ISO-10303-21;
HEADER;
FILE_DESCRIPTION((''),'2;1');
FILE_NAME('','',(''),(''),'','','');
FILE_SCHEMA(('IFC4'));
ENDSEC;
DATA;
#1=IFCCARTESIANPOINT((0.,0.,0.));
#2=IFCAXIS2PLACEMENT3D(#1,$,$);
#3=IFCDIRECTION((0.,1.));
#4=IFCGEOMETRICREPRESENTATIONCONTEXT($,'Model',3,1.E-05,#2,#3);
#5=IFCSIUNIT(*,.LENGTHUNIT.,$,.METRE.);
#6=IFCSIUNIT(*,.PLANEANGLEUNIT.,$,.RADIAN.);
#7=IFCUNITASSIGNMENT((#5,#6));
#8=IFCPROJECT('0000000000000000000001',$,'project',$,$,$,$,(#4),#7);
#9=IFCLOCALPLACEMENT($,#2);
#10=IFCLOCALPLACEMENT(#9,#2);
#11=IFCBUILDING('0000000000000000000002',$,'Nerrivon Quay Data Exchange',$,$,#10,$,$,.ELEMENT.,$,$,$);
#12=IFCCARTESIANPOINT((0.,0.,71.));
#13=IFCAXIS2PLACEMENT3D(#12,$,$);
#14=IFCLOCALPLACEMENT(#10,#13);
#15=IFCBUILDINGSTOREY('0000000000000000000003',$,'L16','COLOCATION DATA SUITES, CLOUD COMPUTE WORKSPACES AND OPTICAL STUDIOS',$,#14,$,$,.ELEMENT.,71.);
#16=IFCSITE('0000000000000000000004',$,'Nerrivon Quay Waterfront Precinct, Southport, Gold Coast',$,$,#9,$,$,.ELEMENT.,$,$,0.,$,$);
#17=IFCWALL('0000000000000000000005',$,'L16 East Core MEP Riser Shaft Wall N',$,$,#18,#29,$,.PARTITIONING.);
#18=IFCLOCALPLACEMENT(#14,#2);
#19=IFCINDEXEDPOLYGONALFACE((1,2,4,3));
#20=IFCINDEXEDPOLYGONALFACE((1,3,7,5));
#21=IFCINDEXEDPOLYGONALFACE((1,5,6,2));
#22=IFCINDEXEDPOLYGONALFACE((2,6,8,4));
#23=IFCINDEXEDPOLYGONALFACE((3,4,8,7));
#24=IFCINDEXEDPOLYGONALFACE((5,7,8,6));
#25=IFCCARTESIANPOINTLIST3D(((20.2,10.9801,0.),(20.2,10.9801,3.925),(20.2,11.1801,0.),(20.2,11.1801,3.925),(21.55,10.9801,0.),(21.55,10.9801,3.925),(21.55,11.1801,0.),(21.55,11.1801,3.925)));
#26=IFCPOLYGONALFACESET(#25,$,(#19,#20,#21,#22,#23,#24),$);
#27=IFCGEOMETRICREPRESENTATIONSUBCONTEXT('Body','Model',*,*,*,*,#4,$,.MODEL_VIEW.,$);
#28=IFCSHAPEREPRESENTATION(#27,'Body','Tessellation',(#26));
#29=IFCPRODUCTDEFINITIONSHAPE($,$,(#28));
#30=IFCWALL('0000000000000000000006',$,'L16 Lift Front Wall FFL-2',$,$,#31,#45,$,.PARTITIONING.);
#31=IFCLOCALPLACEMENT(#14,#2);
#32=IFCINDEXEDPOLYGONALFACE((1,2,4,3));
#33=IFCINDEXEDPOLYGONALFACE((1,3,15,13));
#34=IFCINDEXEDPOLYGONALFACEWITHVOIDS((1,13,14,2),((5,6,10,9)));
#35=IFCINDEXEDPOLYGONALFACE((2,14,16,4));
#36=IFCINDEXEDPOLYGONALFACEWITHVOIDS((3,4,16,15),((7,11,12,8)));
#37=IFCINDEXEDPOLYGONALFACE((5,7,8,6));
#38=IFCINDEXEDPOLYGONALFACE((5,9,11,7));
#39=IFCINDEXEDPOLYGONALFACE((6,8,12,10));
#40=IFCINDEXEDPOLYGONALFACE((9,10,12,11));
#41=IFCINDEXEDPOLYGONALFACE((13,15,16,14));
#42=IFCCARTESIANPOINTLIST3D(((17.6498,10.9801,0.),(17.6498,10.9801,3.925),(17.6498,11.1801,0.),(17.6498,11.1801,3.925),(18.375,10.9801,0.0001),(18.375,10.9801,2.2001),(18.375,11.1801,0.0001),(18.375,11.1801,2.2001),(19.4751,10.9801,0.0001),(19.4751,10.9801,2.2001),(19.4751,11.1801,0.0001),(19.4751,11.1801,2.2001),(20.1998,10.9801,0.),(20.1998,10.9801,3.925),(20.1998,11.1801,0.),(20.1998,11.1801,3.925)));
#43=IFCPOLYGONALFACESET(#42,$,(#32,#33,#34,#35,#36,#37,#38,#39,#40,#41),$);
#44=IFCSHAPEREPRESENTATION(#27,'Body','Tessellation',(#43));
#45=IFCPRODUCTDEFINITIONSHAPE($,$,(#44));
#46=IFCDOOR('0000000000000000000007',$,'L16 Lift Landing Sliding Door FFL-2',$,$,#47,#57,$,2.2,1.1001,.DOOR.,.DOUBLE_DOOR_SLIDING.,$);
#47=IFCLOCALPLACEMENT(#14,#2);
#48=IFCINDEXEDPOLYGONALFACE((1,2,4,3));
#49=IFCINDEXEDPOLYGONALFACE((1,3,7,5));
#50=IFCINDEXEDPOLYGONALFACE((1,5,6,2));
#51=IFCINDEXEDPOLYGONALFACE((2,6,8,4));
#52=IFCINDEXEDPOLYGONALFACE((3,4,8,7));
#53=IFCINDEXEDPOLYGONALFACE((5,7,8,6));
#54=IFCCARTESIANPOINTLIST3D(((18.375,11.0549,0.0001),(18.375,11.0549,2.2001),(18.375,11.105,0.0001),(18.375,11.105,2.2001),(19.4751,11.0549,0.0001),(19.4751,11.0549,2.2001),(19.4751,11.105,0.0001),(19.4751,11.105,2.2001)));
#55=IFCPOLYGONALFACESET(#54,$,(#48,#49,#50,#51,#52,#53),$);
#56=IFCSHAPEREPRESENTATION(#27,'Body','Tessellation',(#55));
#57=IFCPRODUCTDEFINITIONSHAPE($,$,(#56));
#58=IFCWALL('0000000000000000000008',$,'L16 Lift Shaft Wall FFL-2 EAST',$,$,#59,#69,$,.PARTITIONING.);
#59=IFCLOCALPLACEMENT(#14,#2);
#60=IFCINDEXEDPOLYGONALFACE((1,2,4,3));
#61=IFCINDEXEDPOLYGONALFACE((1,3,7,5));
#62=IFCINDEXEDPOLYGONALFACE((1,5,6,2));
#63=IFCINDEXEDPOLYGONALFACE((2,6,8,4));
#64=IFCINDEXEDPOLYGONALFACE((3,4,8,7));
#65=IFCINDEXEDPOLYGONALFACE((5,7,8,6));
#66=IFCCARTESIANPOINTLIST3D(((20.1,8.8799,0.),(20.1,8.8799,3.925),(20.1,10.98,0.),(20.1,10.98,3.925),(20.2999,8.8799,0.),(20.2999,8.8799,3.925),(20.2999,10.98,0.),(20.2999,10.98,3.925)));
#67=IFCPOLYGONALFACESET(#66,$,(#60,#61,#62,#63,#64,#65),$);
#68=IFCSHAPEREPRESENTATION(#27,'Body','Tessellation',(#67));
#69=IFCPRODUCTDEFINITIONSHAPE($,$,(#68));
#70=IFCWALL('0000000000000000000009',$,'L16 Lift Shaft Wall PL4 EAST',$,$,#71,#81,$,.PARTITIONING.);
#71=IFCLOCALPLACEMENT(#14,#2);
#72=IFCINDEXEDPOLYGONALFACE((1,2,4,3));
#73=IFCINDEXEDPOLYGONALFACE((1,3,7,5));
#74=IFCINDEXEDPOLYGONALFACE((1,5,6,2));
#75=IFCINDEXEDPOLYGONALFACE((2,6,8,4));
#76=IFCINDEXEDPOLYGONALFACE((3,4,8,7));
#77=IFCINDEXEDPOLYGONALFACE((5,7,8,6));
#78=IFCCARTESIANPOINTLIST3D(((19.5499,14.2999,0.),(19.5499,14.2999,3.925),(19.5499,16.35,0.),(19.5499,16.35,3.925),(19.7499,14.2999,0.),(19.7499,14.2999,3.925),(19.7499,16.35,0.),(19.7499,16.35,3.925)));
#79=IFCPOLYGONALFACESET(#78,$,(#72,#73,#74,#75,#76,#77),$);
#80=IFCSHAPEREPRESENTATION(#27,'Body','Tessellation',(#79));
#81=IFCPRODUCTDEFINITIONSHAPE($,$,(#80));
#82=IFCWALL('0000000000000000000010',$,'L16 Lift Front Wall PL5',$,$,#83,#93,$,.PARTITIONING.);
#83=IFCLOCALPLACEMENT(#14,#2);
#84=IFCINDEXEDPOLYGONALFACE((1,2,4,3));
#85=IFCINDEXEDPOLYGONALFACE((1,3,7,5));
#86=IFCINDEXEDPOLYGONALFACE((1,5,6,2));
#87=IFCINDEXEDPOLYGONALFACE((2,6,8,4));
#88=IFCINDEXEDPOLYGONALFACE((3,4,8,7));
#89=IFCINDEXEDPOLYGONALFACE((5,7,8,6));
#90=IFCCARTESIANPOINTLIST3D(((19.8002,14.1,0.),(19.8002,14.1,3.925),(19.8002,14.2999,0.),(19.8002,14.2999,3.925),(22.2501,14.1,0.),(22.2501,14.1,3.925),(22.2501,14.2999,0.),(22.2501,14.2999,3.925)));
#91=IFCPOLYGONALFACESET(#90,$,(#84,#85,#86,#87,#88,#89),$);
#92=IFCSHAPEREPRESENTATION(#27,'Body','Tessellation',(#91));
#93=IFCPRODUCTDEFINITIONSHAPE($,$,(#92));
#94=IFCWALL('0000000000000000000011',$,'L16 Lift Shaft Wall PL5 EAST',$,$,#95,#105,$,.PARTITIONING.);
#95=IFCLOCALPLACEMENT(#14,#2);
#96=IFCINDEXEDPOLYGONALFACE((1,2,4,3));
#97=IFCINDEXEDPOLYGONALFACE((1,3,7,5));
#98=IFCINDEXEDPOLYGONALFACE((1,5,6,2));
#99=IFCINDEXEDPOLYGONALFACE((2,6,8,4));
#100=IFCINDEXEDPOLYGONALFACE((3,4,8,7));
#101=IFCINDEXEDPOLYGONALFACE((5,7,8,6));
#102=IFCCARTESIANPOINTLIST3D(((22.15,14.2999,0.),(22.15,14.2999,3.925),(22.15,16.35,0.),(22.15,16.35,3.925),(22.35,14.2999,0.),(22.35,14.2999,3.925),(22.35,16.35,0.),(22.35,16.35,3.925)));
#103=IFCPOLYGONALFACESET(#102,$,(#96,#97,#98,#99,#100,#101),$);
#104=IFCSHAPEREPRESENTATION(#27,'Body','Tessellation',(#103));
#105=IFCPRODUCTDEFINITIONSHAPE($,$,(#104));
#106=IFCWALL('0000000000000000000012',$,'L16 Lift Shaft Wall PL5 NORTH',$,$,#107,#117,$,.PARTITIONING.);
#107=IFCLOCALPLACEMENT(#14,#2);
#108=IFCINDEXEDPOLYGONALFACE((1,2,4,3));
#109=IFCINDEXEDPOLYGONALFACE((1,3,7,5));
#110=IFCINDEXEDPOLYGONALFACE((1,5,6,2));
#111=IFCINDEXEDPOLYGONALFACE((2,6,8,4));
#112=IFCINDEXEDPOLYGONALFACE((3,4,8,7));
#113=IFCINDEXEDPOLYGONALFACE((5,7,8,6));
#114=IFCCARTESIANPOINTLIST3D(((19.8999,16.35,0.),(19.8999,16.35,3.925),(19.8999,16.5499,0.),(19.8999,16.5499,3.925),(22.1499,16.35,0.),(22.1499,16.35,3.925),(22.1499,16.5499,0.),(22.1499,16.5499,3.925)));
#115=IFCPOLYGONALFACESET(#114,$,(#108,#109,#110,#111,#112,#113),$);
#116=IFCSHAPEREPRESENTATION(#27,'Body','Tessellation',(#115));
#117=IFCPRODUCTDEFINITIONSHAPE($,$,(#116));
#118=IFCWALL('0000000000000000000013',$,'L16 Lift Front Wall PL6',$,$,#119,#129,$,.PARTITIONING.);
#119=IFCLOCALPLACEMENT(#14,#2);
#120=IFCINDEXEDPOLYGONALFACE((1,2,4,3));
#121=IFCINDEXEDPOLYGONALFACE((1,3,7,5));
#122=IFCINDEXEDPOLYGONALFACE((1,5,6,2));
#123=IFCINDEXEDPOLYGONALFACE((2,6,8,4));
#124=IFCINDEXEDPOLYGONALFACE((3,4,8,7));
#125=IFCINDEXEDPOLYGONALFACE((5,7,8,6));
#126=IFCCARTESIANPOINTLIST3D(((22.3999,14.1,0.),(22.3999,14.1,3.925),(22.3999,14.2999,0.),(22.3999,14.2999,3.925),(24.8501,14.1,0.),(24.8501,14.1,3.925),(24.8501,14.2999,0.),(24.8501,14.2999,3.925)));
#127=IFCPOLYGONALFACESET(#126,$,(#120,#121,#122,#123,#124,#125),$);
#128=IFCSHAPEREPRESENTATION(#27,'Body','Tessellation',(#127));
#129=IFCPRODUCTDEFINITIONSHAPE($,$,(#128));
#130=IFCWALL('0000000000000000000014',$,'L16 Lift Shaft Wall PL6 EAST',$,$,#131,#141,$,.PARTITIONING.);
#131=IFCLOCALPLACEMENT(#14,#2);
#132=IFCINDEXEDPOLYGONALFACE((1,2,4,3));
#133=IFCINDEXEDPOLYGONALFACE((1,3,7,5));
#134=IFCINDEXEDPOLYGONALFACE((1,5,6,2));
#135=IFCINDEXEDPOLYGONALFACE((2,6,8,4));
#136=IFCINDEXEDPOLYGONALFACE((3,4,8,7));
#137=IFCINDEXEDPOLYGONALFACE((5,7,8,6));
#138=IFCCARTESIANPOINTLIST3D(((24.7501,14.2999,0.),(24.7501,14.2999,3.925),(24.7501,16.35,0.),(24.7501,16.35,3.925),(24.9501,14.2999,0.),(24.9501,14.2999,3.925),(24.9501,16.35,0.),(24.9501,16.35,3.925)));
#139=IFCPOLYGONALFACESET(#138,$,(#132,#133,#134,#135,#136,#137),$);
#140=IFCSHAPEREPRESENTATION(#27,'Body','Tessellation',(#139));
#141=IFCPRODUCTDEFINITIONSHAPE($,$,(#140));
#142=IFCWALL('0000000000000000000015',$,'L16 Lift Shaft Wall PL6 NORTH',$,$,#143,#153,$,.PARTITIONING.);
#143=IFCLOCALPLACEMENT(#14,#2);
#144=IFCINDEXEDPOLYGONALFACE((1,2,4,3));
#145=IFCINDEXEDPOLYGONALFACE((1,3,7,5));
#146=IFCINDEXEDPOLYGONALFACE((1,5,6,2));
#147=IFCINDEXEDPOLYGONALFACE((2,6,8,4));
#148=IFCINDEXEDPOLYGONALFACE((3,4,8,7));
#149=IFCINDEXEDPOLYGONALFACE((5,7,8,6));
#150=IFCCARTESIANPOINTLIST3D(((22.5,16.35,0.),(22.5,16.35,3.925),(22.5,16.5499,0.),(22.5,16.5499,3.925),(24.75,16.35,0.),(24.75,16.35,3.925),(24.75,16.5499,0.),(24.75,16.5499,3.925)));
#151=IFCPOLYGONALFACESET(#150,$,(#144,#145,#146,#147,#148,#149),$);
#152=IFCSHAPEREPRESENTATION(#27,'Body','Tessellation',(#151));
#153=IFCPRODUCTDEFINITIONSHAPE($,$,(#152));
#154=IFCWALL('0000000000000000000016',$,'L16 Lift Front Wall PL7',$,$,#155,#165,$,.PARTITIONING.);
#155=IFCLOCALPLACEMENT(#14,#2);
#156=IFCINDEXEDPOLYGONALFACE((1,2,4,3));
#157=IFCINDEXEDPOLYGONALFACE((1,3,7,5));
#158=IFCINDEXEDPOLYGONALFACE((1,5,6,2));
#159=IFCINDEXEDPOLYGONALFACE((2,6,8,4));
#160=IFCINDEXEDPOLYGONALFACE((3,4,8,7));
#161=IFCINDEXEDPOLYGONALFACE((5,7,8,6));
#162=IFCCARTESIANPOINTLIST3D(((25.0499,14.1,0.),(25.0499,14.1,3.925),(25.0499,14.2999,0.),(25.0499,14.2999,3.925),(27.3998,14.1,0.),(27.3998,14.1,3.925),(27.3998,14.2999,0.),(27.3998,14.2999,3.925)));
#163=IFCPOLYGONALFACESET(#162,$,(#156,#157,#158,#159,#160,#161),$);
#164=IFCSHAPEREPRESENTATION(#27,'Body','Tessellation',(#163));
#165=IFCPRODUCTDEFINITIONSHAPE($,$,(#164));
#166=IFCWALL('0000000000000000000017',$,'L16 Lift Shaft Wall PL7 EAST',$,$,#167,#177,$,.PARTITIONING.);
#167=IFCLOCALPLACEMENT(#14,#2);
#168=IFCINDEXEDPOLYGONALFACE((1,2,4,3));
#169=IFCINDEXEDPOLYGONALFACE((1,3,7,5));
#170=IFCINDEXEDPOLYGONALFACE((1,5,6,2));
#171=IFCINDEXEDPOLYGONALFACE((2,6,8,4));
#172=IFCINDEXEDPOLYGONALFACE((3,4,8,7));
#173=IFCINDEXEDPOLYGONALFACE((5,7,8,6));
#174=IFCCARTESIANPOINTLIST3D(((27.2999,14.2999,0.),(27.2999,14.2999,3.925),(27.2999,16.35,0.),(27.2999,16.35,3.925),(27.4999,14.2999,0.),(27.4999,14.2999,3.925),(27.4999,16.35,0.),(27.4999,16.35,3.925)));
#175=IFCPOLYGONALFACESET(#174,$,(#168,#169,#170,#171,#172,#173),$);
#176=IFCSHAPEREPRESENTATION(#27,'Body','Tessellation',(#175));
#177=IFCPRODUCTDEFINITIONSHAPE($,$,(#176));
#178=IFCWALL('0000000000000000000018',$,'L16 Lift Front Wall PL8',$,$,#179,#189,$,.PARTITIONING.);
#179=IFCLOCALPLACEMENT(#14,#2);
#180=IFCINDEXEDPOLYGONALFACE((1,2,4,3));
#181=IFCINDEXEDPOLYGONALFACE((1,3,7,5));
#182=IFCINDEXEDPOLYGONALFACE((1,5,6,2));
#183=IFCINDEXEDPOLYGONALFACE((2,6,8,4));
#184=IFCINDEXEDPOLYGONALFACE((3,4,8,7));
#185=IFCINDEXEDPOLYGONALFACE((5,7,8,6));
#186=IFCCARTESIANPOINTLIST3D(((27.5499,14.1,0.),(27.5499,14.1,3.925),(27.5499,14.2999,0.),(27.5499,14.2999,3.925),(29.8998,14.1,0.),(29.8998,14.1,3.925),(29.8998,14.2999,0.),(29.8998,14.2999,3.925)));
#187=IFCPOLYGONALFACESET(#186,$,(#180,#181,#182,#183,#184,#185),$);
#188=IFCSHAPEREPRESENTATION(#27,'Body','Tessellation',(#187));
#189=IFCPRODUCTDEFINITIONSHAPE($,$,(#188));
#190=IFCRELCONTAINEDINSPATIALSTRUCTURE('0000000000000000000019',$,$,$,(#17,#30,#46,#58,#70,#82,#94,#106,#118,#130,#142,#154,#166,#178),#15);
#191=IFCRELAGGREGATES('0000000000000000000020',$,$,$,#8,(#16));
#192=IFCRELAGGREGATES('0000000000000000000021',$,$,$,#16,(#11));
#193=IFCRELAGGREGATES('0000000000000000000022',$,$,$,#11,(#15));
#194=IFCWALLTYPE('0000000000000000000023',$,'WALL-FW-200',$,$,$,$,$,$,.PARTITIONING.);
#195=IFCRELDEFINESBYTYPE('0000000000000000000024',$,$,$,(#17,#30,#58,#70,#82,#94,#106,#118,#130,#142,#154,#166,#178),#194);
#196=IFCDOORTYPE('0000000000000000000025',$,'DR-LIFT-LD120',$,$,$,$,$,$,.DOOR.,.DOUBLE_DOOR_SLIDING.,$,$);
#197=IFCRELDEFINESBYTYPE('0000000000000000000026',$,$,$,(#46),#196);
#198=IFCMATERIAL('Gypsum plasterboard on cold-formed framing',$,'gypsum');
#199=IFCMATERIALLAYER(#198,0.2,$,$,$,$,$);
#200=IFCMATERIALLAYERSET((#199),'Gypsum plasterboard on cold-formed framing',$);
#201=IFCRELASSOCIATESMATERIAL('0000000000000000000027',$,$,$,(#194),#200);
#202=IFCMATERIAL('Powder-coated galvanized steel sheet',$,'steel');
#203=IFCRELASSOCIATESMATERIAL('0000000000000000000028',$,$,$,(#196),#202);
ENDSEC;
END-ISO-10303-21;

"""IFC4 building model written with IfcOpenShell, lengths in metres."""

from ifc_helpers import new_model, si_unit, direction, frame, frame_2d, origin, place, context, subcontext, project, spatial, rectangle, extrude, material, layer, layer_set, type_object, element, fill, save


model = new_model("IFC4")

# Units and contexts
model_context = context("Model", 3, precision=1e-05, world=origin(), true_north=direction((0.0, 1.0)))
body_context = subcontext(model_context, "Body", "Model", "MODEL_VIEW")
ifc_project = project(units=[si_unit("LENGTHUNIT", "METRE"), si_unit("PLANEANGLEUNIT", "RADIAN")], contexts=[model_context])

# Site, building, storey
site_placement = place(None, origin())
site = spatial("IfcSite", under=ifc_project, at=site_placement, Name="Nerrivon Quay Waterfront Precinct, Southport, Gold Coast", CompositionType="ELEMENT", RefElevation=0.0)
building_placement = place(site_placement, origin())
building = spatial("IfcBuilding", under=site, at=building_placement, Name="Nerrivon Quay Data Exchange", CompositionType="ELEMENT")
storey_placement = place(building_placement, frame((0.0, 0.0, 71.0)))
storey = spatial("IfcBuildingStorey", under=building, at=storey_placement, Name="L16", Description="COLOCATION DATA SUITES, CLOUD COMPUTE WORKSPACES AND OPTICAL STUDIOS", CompositionType="ELEMENT", Elevation=71.0)

# Wall
ifc_material_1 = material(Name="Gypsum plasterboard on cold-formed framing", Category="gypsum")
ifc_layer_1 = layer(ifc_material_1, 0.2)
ifc_layer_set_1 = layer_set([ifc_layer_1], Name="Gypsum plasterboard on cold-formed framing")
wall_type_1 = type_object("IfcWallType", Name="WALL-FW-200", PredefinedType="PARTITIONING", material=ifc_layer_set_1)
wall_1_placement = place(storey_placement, frame((20.2, 11.0801, 0.0), z_axis=(0.0, 0.0, 1.0), x_axis=(1.0, 0.0, 0.0)))
element("IfcWall", 1, at=wall_1_placement, inside=storey, type_object=wall_type_1, Name="L16 East Core MEP Riser Shaft Wall N", PredefinedType="PARTITIONING", context=body_context, shape_type="SweptSolid", body=[
    extrude(rectangle(XDim=1.3501, YDim=0.2, at=frame_2d((0.675, 0.0))), origin(), (0.0, 0.0, 1.0), 3.925),
])

# Wall, opening, door
wall_2_placement = place(storey_placement, frame((17.6499, 11.0801, 0.0), z_axis=(0.0, 0.0, 1.0), x_axis=(1.0, 0.0, 0.0)))
wall_2 = element("IfcWall", 2, at=wall_2_placement, inside=storey, type_object=wall_type_1, Name="L16 Lift Front Wall FFL-2", PredefinedType="PARTITIONING", context=body_context, shape_type="SweptSolid", body=[
    extrude(rectangle(XDim=2.55, YDim=0.2, at=frame_2d((1.2749, 0.0))), origin(), (0.0, 0.0, 1.0), 3.925),
])
opening_1_placement = place(wall_2_placement, frame((0.7251, 0.0, 0.0)))
opening_1 = element("IfcOpeningElement", 3, at=opening_1_placement, cuts=wall_2, PredefinedType="OPENING", context=body_context, shape_type="SweptSolid", body=[
    extrude(rectangle(XDim=1.1001, YDim=2.2, at=frame_2d((0.55, 1.1001))), frame((0.0, 0.1099, 0.0), z_axis=(0.0, -1.0, 0.0), x_axis=(1.0, 0.0, 0.0)), (0.0, 0.0, 1.0), 0.22),
])
ifc_material_2 = material(Name="Powder-coated galvanized steel sheet", Category="steel")
door_type_1 = type_object("IfcDoorType", Name="DR-LIFT-LD120", OperationType="DOUBLE_DOOR_SLIDING", PredefinedType="DOOR", material=ifc_material_2)
door_1_placement = place(opening_1_placement, origin())
door_1 = element("IfcDoor", 4, at=door_1_placement, inside=storey, type_object=door_type_1, Name="L16 Lift Landing Sliding Door FFL-2", OperationType="DOUBLE_DOOR_SLIDING", OverallHeight=2.2, OverallWidth=1.1001, PredefinedType="DOOR", context=body_context, shape_type="SweptSolid", body=[
    extrude(rectangle(XDim=1.1001, YDim=2.2, at=frame_2d((0.55, 1.1001))), frame((0.0, 0.0249, 0.0), z_axis=(0.0, -1.0, 0.0), x_axis=(1.0, 0.0, 0.0)), (0.0, 0.0, 1.0), 0.05),
])
fill(opening_1, door_1)

# Walls
wall_3_placement = place(storey_placement, frame((20.2, 8.8799, 0.0), z_axis=(0.0, 0.0, 1.0), x_axis=(0.0, 1.0, 0.0)))
element("IfcWall", 5, at=wall_3_placement, inside=storey, type_object=wall_type_1, Name="L16 Lift Shaft Wall FFL-2 EAST", PredefinedType="PARTITIONING", context=body_context, shape_type="SweptSolid", body=[
    extrude(rectangle(XDim=2.1001, YDim=0.2, at=frame_2d((1.05, 0.0))), origin(), (0.0, 0.0, 1.0), 3.925),
])
wall_4_placement = place(storey_placement, frame((19.6499, 14.3, 0.0), z_axis=(0.0, 0.0, 1.0), x_axis=(0.0, 1.0, 0.0)))
element("IfcWall", 6, at=wall_4_placement, inside=storey, type_object=wall_type_1, Name="L16 Lift Shaft Wall PL4 EAST", PredefinedType="PARTITIONING", context=body_context, shape_type="SweptSolid", body=[
    extrude(rectangle(XDim=2.05, YDim=0.2, at=frame_2d((1.0249, 0.0))), origin(), (0.0, 0.0, 1.0), 3.925),
])
wall_5_placement = place(storey_placement, frame((19.8, 14.2, 0.0), z_axis=(0.0, 0.0, 1.0), x_axis=(1.0, 0.0, 0.0)))
element("IfcWall", 7, at=wall_5_placement, inside=storey, type_object=wall_type_1, Name="L16 Lift Front Wall PL5", PredefinedType="PARTITIONING", context=body_context, shape_type="SweptSolid", body=[
    extrude(rectangle(XDim=2.45, YDim=0.2, at=frame_2d((1.2251, 0.0))), origin(), (0.0, 0.0, 1.0), 3.925),
])
wall_6_placement = place(storey_placement, frame((22.25, 14.3, 0.0), z_axis=(0.0, 0.0, 1.0), x_axis=(0.0, 1.0, 0.0)))
element("IfcWall", 8, at=wall_6_placement, inside=storey, type_object=wall_type_1, Name="L16 Lift Shaft Wall PL5 EAST", PredefinedType="PARTITIONING", context=body_context, shape_type="SweptSolid", body=[
    extrude(rectangle(XDim=2.05, YDim=0.2, at=frame_2d((1.0249, 0.0))), origin(), (0.0, 0.0, 1.0), 3.925),
])
wall_7_placement = place(storey_placement, frame((19.8999, 16.45, 0.0), z_axis=(0.0, 0.0, 1.0), x_axis=(1.0, 0.0, 0.0)))
element("IfcWall", 9, at=wall_7_placement, inside=storey, type_object=wall_type_1, Name="L16 Lift Shaft Wall PL5 NORTH", PredefinedType="PARTITIONING", context=body_context, shape_type="SweptSolid", body=[
    extrude(rectangle(XDim=2.25, YDim=0.2, at=frame_2d((1.125, 0.0))), origin(), (0.0, 0.0, 1.0), 3.925),
])
wall_8_placement = place(storey_placement, frame((22.3999, 14.2, 0.0), z_axis=(0.0, 0.0, 1.0), x_axis=(1.0, 0.0, 0.0)))
element("IfcWall", 10, at=wall_8_placement, inside=storey, type_object=wall_type_1, Name="L16 Lift Front Wall PL6", PredefinedType="PARTITIONING", context=body_context, shape_type="SweptSolid", body=[
    extrude(rectangle(XDim=2.4502, YDim=0.2, at=frame_2d((1.2251, 0.0))), origin(), (0.0, 0.0, 1.0), 3.925),
])
wall_9_placement = place(storey_placement, frame((24.8501, 14.3, 0.0), z_axis=(0.0, 0.0, 1.0), x_axis=(0.0, 1.0, 0.0)))
element("IfcWall", 11, at=wall_9_placement, inside=storey, type_object=wall_type_1, Name="L16 Lift Shaft Wall PL6 EAST", PredefinedType="PARTITIONING", context=body_context, shape_type="SweptSolid", body=[
    extrude(rectangle(XDim=2.05, YDim=0.2, at=frame_2d((1.0249, 0.0))), origin(), (0.0, 0.0, 1.0), 3.925),
])
wall_10_placement = place(storey_placement, frame((22.5, 16.45, 0.0), z_axis=(0.0, 0.0, 1.0), x_axis=(1.0, 0.0, 0.0)))
element("IfcWall", 12, at=wall_10_placement, inside=storey, type_object=wall_type_1, Name="L16 Lift Shaft Wall PL6 NORTH", PredefinedType="PARTITIONING", context=body_context, shape_type="SweptSolid", body=[
    extrude(rectangle(XDim=2.25, YDim=0.2, at=frame_2d((1.125, 0.0))), origin(), (0.0, 0.0, 1.0), 3.925),
])
wall_11_placement = place(storey_placement, frame((25.05, 14.2, 0.0), z_axis=(0.0, 0.0, 1.0), x_axis=(1.0, 0.0, 0.0)))
element("IfcWall", 13, at=wall_11_placement, inside=storey, type_object=wall_type_1, Name="L16 Lift Front Wall PL7", PredefinedType="PARTITIONING", context=body_context, shape_type="SweptSolid", body=[
    extrude(rectangle(XDim=2.3499, YDim=0.2, at=frame_2d((1.1748, 0.0))), origin(), (0.0, 0.0, 1.0), 3.925),
])
wall_12_placement = place(storey_placement, frame((27.3999, 14.3, 0.0), z_axis=(0.0, 0.0, 1.0), x_axis=(0.0, 1.0, 0.0)))
element("IfcWall", 14, at=wall_12_placement, inside=storey, type_object=wall_type_1, Name="L16 Lift Shaft Wall PL7 EAST", PredefinedType="PARTITIONING", context=body_context, shape_type="SweptSolid", body=[
    extrude(rectangle(XDim=2.05, YDim=0.2, at=frame_2d((1.0249, 0.0))), origin(), (0.0, 0.0, 1.0), 3.925),
])
wall_13_placement = place(storey_placement, frame((27.55, 14.2, 0.0), z_axis=(0.0, 0.0, 1.0), x_axis=(1.0, 0.0, 0.0)))
element("IfcWall", 15, at=wall_13_placement, inside=storey, type_object=wall_type_1, Name="L16 Lift Front Wall PL8", PredefinedType="PARTITIONING", context=body_context, shape_type="SweptSolid", body=[
    extrude(rectangle(XDim=2.3499, YDim=0.2, at=frame_2d((1.1748, 0.0))), origin(), (0.0, 0.0, 1.0), 3.925),
])

save(model, "model.ifc")
